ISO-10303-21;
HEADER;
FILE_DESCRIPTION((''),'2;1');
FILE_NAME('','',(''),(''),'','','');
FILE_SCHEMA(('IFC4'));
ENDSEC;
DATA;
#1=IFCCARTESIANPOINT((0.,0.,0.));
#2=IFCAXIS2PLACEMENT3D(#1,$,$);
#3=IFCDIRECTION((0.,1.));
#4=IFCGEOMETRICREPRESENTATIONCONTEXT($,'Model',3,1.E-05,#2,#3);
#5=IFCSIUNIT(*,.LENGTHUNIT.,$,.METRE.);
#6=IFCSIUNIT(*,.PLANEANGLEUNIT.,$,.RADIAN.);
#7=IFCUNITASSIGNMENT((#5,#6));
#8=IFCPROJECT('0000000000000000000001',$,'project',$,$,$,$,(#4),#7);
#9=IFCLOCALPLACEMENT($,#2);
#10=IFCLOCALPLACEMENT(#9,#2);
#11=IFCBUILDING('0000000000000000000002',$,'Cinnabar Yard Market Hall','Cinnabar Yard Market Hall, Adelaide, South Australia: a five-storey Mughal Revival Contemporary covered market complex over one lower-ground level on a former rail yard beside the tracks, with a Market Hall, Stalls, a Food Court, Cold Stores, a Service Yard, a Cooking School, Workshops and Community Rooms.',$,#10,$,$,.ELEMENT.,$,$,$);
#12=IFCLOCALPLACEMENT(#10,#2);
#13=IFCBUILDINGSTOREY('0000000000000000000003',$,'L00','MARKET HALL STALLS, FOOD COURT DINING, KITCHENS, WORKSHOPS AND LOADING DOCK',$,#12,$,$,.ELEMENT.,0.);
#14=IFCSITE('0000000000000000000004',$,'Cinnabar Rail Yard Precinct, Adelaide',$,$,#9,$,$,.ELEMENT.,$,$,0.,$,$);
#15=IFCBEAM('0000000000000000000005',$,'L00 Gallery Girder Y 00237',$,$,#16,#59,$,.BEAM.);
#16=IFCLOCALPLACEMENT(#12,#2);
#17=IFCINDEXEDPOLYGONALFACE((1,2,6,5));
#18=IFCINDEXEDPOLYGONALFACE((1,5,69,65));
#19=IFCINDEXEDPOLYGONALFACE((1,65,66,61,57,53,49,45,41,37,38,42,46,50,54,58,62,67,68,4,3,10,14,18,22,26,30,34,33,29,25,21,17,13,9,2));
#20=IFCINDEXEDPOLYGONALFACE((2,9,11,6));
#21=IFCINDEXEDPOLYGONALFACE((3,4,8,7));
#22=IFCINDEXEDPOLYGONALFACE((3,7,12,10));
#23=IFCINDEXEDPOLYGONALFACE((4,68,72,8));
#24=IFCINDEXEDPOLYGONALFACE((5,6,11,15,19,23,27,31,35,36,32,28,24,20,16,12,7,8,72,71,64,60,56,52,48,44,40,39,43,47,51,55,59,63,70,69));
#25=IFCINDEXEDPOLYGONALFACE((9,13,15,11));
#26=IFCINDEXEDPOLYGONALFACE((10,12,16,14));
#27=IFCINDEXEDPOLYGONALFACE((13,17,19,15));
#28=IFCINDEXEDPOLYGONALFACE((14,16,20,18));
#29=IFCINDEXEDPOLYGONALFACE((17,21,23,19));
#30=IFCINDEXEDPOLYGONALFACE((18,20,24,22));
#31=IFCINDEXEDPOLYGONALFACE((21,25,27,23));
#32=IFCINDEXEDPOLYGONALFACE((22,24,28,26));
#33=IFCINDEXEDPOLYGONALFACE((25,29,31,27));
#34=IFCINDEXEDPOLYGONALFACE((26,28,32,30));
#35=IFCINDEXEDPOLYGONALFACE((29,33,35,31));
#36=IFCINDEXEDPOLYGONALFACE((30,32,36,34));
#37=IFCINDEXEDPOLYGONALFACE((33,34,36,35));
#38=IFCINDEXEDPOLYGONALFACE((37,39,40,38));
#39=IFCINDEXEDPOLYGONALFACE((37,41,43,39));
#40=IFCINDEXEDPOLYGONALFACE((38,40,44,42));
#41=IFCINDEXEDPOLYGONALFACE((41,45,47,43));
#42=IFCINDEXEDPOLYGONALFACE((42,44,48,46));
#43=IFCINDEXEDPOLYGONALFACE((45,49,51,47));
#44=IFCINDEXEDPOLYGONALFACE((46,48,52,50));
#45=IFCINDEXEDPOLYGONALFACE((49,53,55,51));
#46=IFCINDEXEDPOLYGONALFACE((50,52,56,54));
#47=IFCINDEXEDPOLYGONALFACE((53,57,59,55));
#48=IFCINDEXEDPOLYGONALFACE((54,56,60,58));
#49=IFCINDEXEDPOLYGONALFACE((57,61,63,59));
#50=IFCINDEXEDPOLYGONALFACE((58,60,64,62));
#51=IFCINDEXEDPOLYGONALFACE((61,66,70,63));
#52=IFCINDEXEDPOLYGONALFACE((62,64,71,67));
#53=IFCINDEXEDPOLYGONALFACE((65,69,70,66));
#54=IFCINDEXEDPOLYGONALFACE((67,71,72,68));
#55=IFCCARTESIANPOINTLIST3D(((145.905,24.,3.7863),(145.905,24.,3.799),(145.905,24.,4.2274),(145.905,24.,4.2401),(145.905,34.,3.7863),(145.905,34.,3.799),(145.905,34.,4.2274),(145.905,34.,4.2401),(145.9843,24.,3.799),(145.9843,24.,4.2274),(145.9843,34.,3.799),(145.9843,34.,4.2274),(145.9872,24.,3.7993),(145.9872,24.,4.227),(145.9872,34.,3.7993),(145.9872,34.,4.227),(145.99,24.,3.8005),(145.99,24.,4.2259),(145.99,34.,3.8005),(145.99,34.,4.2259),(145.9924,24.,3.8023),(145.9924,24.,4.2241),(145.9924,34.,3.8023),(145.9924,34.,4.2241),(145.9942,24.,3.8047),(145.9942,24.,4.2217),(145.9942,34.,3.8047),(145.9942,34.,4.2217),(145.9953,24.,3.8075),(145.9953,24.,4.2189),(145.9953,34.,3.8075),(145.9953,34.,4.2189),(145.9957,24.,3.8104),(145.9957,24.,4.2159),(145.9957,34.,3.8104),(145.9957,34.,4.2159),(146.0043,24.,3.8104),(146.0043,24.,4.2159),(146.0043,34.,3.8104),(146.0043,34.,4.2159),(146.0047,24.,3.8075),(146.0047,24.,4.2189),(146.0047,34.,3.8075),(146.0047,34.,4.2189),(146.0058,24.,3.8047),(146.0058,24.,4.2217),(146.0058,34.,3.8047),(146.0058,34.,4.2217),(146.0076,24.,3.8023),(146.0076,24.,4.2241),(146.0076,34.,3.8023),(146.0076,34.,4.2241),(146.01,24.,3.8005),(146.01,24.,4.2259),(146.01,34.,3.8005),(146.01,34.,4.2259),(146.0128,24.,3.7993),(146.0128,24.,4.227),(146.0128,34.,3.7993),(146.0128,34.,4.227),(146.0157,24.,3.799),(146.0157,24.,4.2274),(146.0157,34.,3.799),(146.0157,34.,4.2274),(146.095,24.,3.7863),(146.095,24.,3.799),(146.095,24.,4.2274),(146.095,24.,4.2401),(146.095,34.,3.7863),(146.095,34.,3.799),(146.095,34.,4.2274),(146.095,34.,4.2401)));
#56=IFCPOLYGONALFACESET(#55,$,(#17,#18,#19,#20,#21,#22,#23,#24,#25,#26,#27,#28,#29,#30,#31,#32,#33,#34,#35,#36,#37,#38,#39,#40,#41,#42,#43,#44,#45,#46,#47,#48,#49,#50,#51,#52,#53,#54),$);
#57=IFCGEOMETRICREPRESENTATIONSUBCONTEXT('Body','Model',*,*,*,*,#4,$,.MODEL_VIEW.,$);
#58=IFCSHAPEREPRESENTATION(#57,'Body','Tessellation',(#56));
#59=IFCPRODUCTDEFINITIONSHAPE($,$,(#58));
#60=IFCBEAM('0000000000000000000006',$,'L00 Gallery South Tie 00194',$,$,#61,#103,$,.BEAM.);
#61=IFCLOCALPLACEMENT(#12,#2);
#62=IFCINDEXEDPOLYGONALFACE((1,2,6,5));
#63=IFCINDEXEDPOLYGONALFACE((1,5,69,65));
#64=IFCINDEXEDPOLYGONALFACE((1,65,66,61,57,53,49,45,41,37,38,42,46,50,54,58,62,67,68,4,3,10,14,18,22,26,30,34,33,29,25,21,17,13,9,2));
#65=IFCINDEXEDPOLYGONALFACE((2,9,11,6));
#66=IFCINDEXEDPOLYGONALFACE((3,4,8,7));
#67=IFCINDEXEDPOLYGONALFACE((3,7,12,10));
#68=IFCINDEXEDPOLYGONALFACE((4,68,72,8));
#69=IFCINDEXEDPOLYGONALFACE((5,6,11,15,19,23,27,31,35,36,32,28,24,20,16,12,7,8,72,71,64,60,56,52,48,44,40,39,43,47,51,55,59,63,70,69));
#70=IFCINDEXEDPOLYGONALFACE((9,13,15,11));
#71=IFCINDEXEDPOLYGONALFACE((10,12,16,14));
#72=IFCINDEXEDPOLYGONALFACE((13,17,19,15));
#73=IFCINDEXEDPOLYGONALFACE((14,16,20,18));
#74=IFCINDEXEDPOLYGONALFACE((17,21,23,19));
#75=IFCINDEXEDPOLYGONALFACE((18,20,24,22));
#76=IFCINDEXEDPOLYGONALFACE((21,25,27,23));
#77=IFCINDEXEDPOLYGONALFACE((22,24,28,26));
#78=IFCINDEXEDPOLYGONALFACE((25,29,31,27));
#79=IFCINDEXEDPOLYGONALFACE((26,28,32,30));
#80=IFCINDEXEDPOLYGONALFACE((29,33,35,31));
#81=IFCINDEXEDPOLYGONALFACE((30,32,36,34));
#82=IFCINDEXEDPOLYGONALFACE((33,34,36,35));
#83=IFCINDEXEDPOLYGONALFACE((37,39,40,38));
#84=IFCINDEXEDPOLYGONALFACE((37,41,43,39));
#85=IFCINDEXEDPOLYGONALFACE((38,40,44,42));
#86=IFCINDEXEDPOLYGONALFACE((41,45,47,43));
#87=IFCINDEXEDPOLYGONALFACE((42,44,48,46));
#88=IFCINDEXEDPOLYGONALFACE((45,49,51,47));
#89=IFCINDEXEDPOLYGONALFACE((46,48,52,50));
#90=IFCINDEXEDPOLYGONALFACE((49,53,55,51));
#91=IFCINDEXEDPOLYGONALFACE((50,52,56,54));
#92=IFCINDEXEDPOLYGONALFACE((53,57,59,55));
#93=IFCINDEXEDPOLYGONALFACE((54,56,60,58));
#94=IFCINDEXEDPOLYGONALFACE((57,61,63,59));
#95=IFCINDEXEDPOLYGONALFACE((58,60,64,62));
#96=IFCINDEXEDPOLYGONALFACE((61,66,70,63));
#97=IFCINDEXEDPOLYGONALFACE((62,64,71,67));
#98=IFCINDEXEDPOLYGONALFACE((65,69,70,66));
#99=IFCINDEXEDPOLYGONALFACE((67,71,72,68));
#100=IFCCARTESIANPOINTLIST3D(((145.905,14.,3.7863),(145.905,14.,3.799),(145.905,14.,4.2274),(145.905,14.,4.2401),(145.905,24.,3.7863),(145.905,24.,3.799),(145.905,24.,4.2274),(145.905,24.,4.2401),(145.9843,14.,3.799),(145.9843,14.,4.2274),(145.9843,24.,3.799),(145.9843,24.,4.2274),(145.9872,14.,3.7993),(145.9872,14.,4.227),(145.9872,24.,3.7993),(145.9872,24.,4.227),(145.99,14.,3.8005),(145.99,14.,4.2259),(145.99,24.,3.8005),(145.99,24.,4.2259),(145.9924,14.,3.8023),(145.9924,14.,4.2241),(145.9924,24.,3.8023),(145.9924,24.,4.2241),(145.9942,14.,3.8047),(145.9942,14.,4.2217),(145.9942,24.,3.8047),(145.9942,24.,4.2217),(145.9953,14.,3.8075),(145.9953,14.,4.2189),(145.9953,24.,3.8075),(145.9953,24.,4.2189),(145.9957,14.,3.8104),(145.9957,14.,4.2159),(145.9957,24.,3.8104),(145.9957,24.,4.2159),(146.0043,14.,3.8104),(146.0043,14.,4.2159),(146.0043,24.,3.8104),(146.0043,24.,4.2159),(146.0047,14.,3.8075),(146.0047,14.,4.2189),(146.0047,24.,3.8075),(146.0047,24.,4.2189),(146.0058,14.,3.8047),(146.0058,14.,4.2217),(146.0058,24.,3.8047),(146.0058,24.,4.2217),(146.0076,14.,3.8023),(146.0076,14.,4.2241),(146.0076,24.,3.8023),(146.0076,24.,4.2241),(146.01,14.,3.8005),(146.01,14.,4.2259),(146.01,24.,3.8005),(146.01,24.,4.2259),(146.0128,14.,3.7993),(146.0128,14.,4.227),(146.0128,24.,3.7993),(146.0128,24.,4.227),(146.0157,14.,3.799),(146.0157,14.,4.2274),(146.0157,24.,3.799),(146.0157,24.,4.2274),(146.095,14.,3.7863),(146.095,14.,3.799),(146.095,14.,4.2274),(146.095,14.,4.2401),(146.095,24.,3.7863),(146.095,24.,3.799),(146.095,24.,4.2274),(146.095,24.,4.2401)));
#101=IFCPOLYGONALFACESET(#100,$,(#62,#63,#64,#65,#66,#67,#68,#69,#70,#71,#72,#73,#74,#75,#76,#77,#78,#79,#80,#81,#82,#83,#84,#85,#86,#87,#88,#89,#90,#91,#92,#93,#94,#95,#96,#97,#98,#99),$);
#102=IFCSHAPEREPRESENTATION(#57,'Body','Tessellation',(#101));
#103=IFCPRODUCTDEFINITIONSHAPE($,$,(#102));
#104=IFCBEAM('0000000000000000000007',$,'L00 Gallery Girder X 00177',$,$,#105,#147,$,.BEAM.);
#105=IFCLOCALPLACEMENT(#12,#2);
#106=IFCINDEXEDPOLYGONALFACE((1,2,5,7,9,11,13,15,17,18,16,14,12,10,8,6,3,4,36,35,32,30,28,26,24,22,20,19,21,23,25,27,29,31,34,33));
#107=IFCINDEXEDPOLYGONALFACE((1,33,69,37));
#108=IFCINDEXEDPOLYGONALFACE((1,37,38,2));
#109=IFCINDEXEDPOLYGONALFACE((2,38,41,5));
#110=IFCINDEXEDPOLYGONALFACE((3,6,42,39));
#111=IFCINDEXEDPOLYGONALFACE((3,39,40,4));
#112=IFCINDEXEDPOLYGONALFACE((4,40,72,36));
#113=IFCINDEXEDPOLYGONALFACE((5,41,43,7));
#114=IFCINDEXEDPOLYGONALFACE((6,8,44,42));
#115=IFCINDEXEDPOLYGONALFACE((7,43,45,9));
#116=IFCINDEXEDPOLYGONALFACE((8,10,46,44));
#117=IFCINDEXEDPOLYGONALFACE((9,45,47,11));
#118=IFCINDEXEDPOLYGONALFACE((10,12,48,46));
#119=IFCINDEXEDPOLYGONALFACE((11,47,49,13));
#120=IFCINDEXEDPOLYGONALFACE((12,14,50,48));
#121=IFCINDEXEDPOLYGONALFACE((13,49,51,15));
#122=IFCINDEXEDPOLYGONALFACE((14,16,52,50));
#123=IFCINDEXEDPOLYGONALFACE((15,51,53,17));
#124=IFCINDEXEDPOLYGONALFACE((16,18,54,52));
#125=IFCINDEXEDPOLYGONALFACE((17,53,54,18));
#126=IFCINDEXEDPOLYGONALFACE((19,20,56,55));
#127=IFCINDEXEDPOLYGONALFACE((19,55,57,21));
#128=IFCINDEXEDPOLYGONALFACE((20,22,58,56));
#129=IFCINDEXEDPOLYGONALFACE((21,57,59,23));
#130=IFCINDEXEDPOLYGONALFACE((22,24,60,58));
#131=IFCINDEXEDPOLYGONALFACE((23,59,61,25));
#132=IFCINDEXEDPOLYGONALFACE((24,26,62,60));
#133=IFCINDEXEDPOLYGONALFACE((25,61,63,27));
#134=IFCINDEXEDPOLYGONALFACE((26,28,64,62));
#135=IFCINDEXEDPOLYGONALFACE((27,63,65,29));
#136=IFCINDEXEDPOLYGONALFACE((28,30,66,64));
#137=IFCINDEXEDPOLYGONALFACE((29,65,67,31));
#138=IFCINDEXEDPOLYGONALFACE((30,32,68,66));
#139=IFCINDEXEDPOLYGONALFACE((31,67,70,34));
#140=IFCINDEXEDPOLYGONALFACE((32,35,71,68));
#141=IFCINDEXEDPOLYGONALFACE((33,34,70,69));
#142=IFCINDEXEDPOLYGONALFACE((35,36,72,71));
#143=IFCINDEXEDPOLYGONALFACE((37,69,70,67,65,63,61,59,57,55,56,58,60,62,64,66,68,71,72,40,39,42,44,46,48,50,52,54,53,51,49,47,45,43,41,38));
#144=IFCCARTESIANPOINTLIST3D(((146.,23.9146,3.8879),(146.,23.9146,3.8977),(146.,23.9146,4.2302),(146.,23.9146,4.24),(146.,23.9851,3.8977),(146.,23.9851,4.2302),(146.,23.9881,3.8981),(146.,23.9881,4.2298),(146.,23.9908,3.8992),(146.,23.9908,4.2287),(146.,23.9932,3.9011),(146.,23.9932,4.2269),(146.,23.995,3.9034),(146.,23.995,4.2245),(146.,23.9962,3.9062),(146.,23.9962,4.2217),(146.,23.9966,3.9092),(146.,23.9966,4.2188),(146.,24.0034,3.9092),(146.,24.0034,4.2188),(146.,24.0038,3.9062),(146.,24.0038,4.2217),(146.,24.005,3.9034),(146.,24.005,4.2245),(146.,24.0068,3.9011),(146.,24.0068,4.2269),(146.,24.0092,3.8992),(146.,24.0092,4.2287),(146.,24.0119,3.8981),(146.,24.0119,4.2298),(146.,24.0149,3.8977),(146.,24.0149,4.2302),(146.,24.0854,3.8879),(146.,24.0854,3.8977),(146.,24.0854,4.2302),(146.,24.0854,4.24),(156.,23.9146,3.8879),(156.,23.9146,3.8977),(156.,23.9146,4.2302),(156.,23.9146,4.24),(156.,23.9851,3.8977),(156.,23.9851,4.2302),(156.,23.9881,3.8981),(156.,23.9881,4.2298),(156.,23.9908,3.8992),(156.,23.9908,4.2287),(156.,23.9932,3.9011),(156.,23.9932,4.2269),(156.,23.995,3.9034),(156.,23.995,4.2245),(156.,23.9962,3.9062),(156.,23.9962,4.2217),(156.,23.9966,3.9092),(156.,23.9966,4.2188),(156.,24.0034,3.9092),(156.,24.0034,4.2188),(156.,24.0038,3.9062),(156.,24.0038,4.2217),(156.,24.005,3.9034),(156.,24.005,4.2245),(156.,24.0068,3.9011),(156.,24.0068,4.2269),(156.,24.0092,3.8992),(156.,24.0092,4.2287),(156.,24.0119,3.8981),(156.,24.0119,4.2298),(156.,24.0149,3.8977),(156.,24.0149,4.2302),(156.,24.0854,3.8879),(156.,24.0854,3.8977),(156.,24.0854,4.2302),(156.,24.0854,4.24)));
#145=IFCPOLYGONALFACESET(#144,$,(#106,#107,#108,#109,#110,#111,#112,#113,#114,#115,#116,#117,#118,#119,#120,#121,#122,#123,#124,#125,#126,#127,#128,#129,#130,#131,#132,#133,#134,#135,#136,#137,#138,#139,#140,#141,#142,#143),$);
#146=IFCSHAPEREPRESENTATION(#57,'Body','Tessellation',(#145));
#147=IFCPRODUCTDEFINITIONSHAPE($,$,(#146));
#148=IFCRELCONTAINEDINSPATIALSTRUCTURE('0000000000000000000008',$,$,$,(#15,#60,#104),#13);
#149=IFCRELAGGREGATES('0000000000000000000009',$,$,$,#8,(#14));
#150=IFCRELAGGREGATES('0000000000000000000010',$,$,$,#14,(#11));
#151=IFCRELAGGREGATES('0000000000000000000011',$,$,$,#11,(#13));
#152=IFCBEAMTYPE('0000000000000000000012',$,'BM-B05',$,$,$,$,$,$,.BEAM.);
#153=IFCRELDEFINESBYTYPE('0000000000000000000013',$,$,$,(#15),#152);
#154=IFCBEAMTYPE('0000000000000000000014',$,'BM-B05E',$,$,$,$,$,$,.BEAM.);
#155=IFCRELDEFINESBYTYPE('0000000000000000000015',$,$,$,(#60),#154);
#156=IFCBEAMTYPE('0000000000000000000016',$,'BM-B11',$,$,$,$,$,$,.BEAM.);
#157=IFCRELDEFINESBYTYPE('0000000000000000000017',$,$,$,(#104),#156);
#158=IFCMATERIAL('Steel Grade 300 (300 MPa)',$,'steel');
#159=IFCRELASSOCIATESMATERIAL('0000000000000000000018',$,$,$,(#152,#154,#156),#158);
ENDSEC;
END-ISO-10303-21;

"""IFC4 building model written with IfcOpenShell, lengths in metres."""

from ifc_helpers import new_model, si_unit, direction, frame, origin, origin_2d_with_axis, place, context, subcontext, project, spatial, i_section, extrude, material, material_profile, profile_set, type_object, element, save


model = new_model("IFC4")

# Units and contexts
model_context = context("Model", 3, precision=1e-05, world=origin(), true_north=direction((0.0, 1.0)))
body_context = subcontext(model_context, "Body", "Model", "MODEL_VIEW")
ifc_project = project(units=[si_unit("LENGTHUNIT", "METRE"), si_unit("PLANEANGLEUNIT", "RADIAN")], contexts=[model_context])

# Site, building, storey
site_placement = place(None, origin())
site = spatial("IfcSite", under=ifc_project, at=site_placement, Name="Cinnabar Rail Yard Precinct, Adelaide", CompositionType="ELEMENT", RefElevation=0.0)
building_placement = place(site_placement, origin())
building = spatial("IfcBuilding", under=site, at=building_placement, Name="Cinnabar Yard Market Hall", Description="Cinnabar Yard Market Hall, Adelaide, South Australia: a five-storey Mughal Revival Contemporary covered market complex over one lower-ground level on a former rail yard beside the tracks, with a Market Hall, Stalls, a Food Court, Cold Stores, a Service Yard, a Cooking School, Workshops and Community Rooms.", CompositionType="ELEMENT")
storey_placement = place(building_placement, origin())
storey = spatial("IfcBuildingStorey", under=building, at=storey_placement, Name="L00", Description="MARKET HALL STALLS, FOOD COURT DINING, KITCHENS, WORKSHOPS AND LOADING DOCK", CompositionType="ELEMENT", Elevation=0.0)

# Beams
ifc_material_1 = material(Name="Steel Grade 300 (300 MPa)", Category="steel")
ifc_material_profile_1 = material_profile(ifc_material_1, i_section(OverallWidth=0.1899, OverallDepth=0.4539, WebThickness=0.0085, FlangeThickness=0.0127, FilletRadius=0.0115, at=origin_2d_with_axis()), Name="460UB67.1")
ifc_profile_set_1 = profile_set([ifc_material_profile_1], Name="Steel Grade 300 (300 MPa)")
beam_type_1 = type_object("IfcBeamType", Name="BM-B05", PredefinedType="BEAM", material=ifc_profile_set_1)
beam_1_placement = place(storey_placement, frame((146.0, 24.0, 4.0132), z_axis=(0.0, 1.0, 0.0), x_axis=(-1.0, 0.0, 0.0)))
element("IfcBeam", 1, at=beam_1_placement, inside=storey, type_object=beam_type_1, Name="L00 Gallery Girder Y 00237", PredefinedType="BEAM", context=body_context, shape_type="SweptSolid", body=[
    extrude(i_section(OverallWidth=0.1899, OverallDepth=0.4539, WebThickness=0.0085, FlangeThickness=0.0127, FilletRadius=0.0115, at=origin_2d_with_axis()), origin(), (0.0, 0.0, 1.0), 10.0),
])
ifc_material_profile_2 = material_profile(ifc_material_1, i_section(OverallWidth=0.1899, OverallDepth=0.4539, WebThickness=0.0085, FlangeThickness=0.0127, FilletRadius=0.0115, at=origin_2d_with_axis()), Name="460UB67.1")
ifc_profile_set_2 = profile_set([ifc_material_profile_2], Name="Steel Grade 300 (300 MPa)")
beam_type_2 = type_object("IfcBeamType", Name="BM-B05E", PredefinedType="BEAM", material=ifc_profile_set_2)
beam_2_placement = place(storey_placement, frame((146.0, 24.0, 4.0132), z_axis=(0.0, -1.0, 0.0), x_axis=(1.0, 0.0, 0.0)))
element("IfcBeam", 2, at=beam_2_placement, inside=storey, type_object=beam_type_2, Name="L00 Gallery South Tie 00194", PredefinedType="BEAM", context=body_context, shape_type="SweptSolid", body=[
    extrude(i_section(OverallWidth=0.1899, OverallDepth=0.4539, WebThickness=0.0085, FlangeThickness=0.0127, FilletRadius=0.0115, at=origin_2d_with_axis()), origin(), (0.0, 0.0, 1.0), 10.0),
])
ifc_material_profile_3 = material_profile(ifc_material_1, i_section(OverallWidth=0.1709, OverallDepth=0.3521, WebThickness=0.0068, FlangeThickness=0.0098, FilletRadius=0.0115, at=origin_2d_with_axis()), Name="360UB44.7")
ifc_profile_set_3 = profile_set([ifc_material_profile_3], Name="Steel Grade 300 (300 MPa)")
beam_type_3 = type_object("IfcBeamType", Name="BM-B11", PredefinedType="BEAM", material=ifc_profile_set_3)
beam_3_placement = place(storey_placement, frame((146.0, 24.0, 4.064), z_axis=(1.0, 0.0, 0.0), x_axis=(0.0, 1.0, 0.0)))
element("IfcBeam", 3, at=beam_3_placement, inside=storey, type_object=beam_type_3, Name="L00 Gallery Girder X 00177", PredefinedType="BEAM", context=body_context, shape_type="SweptSolid", body=[
    extrude(i_section(OverallWidth=0.1709, OverallDepth=0.3521, WebThickness=0.0068, FlangeThickness=0.0098, FilletRadius=0.0115, at=origin_2d_with_axis()), origin(), (0.0, 0.0, 1.0), 10.0),
])

save(model, "model.ifc")
